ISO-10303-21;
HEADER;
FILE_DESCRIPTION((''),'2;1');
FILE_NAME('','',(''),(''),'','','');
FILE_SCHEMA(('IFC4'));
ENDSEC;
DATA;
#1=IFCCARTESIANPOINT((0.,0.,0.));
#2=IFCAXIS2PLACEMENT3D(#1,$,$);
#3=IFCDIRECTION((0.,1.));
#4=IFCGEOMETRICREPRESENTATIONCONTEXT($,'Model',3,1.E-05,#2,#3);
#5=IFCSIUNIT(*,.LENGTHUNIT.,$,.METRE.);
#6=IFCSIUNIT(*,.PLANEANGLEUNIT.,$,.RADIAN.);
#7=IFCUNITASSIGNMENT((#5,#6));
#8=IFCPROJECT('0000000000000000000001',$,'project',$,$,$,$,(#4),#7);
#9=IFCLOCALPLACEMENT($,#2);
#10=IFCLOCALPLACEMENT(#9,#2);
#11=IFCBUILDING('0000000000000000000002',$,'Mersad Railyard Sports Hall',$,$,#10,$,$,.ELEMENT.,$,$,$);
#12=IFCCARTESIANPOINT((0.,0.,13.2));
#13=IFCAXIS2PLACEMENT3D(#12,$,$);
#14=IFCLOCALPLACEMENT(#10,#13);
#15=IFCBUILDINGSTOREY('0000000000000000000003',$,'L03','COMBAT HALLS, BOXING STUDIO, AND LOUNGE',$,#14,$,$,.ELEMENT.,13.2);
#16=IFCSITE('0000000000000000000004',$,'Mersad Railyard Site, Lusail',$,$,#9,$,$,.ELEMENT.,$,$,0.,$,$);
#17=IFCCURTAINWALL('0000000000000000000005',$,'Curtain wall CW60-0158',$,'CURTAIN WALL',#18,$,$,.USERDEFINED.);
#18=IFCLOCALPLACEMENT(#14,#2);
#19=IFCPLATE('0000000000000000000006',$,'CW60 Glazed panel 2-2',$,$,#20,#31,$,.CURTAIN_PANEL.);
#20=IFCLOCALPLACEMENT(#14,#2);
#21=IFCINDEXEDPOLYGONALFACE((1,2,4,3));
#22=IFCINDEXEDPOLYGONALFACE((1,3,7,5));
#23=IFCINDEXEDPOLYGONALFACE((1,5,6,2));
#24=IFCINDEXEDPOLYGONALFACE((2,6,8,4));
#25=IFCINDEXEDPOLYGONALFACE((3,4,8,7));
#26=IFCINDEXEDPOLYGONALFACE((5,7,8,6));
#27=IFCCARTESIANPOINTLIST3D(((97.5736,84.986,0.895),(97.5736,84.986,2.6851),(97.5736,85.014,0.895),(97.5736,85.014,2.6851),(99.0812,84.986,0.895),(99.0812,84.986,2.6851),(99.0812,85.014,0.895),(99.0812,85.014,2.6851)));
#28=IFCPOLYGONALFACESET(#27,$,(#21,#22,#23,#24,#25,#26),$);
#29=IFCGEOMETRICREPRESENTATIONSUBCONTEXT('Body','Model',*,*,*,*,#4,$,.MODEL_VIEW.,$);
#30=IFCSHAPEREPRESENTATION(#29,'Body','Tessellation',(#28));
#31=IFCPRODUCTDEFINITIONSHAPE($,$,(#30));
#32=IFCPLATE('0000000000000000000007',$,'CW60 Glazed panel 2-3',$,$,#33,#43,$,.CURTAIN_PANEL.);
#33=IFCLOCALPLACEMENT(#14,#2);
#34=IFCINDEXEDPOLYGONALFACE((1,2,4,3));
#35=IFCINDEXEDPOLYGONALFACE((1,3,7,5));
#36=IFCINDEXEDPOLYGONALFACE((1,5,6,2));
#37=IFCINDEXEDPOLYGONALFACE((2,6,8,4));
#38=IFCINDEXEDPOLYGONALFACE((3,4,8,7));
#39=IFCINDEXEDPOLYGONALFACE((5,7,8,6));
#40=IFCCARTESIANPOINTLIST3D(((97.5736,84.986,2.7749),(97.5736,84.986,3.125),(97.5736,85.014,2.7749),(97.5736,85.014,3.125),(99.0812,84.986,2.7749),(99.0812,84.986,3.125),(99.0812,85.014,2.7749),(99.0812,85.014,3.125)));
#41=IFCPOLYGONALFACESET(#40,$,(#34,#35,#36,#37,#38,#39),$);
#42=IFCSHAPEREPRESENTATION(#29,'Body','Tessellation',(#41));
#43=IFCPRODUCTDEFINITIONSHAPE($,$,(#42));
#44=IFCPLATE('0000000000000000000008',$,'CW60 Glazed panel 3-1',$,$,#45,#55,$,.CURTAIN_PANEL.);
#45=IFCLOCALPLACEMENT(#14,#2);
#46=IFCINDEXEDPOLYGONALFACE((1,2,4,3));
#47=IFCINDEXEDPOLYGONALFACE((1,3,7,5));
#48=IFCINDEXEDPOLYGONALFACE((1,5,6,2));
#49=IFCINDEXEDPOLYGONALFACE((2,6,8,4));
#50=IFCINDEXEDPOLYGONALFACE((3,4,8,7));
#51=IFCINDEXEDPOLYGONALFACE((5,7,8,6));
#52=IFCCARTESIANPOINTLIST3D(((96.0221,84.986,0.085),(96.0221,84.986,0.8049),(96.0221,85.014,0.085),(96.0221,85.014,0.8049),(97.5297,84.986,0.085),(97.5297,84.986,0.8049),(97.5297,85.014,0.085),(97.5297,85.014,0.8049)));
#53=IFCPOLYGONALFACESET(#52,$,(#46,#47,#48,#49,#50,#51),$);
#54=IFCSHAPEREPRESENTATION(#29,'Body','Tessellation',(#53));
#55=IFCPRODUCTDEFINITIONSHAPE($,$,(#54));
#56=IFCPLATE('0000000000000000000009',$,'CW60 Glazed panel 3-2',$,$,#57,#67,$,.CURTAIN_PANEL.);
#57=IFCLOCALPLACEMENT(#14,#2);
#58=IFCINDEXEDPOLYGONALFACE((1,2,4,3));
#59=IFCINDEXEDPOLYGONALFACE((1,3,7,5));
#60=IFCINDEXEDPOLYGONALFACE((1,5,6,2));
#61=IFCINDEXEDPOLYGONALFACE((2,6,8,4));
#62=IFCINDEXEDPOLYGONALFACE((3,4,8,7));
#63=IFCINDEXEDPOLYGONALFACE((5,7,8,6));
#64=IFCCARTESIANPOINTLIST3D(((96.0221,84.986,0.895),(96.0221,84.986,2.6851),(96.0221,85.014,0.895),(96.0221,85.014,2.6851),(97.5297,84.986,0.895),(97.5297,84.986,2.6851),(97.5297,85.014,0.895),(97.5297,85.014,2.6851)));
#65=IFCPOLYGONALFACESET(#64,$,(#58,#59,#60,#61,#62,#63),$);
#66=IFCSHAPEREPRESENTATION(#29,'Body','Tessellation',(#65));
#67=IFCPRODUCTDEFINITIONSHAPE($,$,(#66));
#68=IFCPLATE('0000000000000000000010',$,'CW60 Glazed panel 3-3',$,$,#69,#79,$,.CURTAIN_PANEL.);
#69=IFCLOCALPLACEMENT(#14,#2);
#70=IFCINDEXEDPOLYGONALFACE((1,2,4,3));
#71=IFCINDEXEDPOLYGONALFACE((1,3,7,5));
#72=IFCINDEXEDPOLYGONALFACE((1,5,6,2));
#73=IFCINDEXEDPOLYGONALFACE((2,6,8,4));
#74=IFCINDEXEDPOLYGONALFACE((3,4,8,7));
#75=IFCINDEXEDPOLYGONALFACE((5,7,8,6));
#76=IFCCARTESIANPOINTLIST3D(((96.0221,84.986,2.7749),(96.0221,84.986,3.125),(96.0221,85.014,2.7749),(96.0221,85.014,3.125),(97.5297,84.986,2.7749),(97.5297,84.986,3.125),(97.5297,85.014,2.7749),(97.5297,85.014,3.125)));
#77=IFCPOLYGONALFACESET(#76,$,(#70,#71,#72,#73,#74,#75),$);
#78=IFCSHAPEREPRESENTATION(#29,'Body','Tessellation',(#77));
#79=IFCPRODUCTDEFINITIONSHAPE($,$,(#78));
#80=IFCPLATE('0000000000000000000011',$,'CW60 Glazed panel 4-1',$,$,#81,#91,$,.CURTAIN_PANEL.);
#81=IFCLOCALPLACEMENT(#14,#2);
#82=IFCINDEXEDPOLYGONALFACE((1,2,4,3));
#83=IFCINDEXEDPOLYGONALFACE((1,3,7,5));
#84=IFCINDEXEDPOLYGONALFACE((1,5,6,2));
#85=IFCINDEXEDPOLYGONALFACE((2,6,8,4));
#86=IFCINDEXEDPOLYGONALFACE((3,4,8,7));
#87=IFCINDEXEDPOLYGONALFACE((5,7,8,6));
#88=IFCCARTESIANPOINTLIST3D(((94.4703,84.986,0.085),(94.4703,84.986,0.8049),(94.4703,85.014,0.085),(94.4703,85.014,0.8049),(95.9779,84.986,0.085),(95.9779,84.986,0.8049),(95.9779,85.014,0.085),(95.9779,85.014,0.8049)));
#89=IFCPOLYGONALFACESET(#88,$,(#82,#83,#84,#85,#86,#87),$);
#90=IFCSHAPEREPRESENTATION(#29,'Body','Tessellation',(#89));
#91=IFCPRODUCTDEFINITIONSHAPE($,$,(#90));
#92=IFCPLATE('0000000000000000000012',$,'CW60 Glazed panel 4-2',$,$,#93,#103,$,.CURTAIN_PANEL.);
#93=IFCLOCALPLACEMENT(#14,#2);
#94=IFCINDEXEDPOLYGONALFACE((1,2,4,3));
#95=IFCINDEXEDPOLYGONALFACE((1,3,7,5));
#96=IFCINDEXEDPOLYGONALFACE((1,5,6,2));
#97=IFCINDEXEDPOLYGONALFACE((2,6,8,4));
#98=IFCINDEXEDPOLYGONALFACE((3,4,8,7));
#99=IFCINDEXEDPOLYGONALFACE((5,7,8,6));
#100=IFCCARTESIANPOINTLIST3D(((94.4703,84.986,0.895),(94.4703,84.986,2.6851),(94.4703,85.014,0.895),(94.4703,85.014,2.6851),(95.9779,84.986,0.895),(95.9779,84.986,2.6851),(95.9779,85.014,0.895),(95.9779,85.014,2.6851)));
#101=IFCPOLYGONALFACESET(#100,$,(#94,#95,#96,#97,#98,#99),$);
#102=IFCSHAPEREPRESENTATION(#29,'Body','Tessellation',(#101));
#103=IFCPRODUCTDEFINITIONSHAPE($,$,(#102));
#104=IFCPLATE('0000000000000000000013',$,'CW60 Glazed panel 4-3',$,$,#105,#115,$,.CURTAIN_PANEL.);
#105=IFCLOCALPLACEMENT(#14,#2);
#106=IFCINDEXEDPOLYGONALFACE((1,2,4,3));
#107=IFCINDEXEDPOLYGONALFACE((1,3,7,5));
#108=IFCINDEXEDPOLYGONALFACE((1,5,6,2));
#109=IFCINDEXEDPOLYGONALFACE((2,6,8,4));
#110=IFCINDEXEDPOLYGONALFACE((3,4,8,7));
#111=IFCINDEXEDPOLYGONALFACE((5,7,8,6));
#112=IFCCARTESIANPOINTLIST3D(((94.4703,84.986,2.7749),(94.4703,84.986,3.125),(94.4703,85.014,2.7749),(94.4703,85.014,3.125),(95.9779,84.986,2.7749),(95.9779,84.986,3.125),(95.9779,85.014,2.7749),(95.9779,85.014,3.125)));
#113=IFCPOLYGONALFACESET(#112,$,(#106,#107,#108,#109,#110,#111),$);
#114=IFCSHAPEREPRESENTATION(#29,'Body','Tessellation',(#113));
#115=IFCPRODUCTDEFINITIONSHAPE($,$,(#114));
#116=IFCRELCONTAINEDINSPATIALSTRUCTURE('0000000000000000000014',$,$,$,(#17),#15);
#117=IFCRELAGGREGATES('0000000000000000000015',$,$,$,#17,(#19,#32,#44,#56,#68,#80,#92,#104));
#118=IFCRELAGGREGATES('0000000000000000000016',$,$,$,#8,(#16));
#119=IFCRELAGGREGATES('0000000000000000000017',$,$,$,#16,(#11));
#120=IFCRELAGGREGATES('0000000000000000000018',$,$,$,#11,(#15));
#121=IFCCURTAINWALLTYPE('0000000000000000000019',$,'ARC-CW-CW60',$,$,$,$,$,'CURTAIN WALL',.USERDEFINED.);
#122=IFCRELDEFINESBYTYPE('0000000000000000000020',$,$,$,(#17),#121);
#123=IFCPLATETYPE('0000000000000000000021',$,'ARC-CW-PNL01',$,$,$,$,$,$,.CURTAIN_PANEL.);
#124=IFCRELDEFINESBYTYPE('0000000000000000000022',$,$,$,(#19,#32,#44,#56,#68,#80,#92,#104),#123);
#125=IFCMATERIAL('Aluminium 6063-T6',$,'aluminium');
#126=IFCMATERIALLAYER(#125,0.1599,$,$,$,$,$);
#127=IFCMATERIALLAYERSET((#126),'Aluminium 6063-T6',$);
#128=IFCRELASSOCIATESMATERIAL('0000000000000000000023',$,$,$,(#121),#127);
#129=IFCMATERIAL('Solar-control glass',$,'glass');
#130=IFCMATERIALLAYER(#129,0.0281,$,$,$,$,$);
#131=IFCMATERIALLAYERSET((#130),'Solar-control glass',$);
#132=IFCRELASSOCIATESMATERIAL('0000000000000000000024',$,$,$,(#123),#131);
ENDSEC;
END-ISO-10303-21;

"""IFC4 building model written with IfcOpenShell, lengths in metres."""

from ifc_helpers import new_model, si_unit, direction, frame, origin, origin_2d, place, context, subcontext, project, spatial, rectangle, extrude, material, layer, layer_set, type_object, element, aggregate, save


model = new_model("IFC4")

# Units and contexts
model_context = context("Model", 3, precision=1e-05, world=origin(), true_north=direction((0.0, 1.0)))
body_context = subcontext(model_context, "Body", "Model", "MODEL_VIEW")
ifc_project = project(units=[si_unit("LENGTHUNIT", "METRE"), si_unit("PLANEANGLEUNIT", "RADIAN")], contexts=[model_context])

# Site, building, storey
site_placement = place(None, origin())
site = spatial("IfcSite", under=ifc_project, at=site_placement, Name="Mersad Railyard Site, Lusail", CompositionType="ELEMENT", RefElevation=0.0)
building_placement = place(site_placement, origin())
building = spatial("IfcBuilding", under=site, at=building_placement, Name="Mersad Railyard Sports Hall", CompositionType="ELEMENT")
storey_placement = place(building_placement, frame((0.0, 0.0, 13.2)))
storey = spatial("IfcBuildingStorey", under=building, at=storey_placement, Name="L03", Description="COMBAT HALLS, BOXING STUDIO, AND LOUNGE", CompositionType="ELEMENT", Elevation=13.2)

# Curtain wall
ifc_material_1 = material(Name="Aluminium 6063-T6", Category="aluminium")
ifc_layer_1 = layer(ifc_material_1, 0.1599)
ifc_layer_set_1 = layer_set([ifc_layer_1], Name="Aluminium 6063-T6")
curtain_wall_type = type_object("IfcCurtainWallType", Name="ARC-CW-CW60", ElementType="CURTAIN WALL", PredefinedType="USERDEFINED", material=ifc_layer_set_1)
curtain_wall_placement = place(storey_placement, origin())
curtain_wall = element("IfcCurtainWall", 1, at=curtain_wall_placement, inside=storey, type_object=curtain_wall_type, Name="Curtain wall CW60-0158", ObjectType="CURTAIN WALL", PredefinedType="USERDEFINED")

# Plates
ifc_material_2 = material(Name="Solar-control glass", Category="glass")
ifc_layer_2 = layer(ifc_material_2, 0.0281)
ifc_layer_set_2 = layer_set([ifc_layer_2], Name="Solar-control glass")
plate_type = type_object("IfcPlateType", Name="ARC-CW-PNL01", PredefinedType="CURTAIN_PANEL", material=ifc_layer_set_2)
plate_1_placement = place(storey_placement, frame((98.3274, 85.0, 0.895), z_axis=(0.0, 0.0, 1.0), x_axis=(-1.0, 0.0, 0.0)))
plate_1 = element("IfcPlate", 2, at=plate_1_placement, type_object=plate_type, Name="CW60 Glazed panel 2-2", PredefinedType="CURTAIN_PANEL", context=body_context, shape_type="SweptSolid", body=[
    extrude(rectangle(XDim=1.5076, YDim=0.0281, at=origin_2d()), origin(), (0.0, 0.0, 1.0), 1.79),
])
plate_2_placement = place(storey_placement, frame((98.3274, 85.0, 2.7749), z_axis=(0.0, 0.0, 1.0), x_axis=(-1.0, 0.0, 0.0)))
plate_2 = element("IfcPlate", 3, at=plate_2_placement, type_object=plate_type, Name="CW60 Glazed panel 2-3", PredefinedType="CURTAIN_PANEL", context=body_context, shape_type="SweptSolid", body=[
    extrude(rectangle(XDim=1.5076, YDim=0.0281, at=origin_2d()), origin(), (0.0, 0.0, 1.0), 0.3501),
])
plate_3_placement = place(storey_placement, frame((96.7759, 85.0, 0.085), z_axis=(0.0, 0.0, 1.0), x_axis=(-1.0, 0.0, 0.0)))
plate_3 = element("IfcPlate", 4, at=plate_3_placement, type_object=plate_type, Name="CW60 Glazed panel 3-1", PredefinedType="CURTAIN_PANEL", context=body_context, shape_type="SweptSolid", body=[
    extrude(rectangle(XDim=1.5076, YDim=0.0281, at=origin_2d()), origin(), (0.0, 0.0, 1.0), 0.72),
])
plate_4_placement = place(storey_placement, frame((96.7759, 85.0, 0.895), z_axis=(0.0, 0.0, 1.0), x_axis=(-1.0, 0.0, 0.0)))
plate_4 = element("IfcPlate", 5, at=plate_4_placement, type_object=plate_type, Name="CW60 Glazed panel 3-2", PredefinedType="CURTAIN_PANEL", context=body_context, shape_type="SweptSolid", body=[
    extrude(rectangle(XDim=1.5076, YDim=0.0281, at=origin_2d()), origin(), (0.0, 0.0, 1.0), 1.79),
])
plate_5_placement = place(storey_placement, frame((96.7759, 85.0, 2.7749), z_axis=(0.0, 0.0, 1.0), x_axis=(-1.0, 0.0, 0.0)))
plate_5 = element("IfcPlate", 6, at=plate_5_placement, type_object=plate_type, Name="CW60 Glazed panel 3-3", PredefinedType="CURTAIN_PANEL", context=body_context, shape_type="SweptSolid", body=[
    extrude(rectangle(XDim=1.5076, YDim=0.0281, at=origin_2d()), origin(), (0.0, 0.0, 1.0), 0.3501),
])
plate_6_placement = place(storey_placement, frame((95.2241, 85.0, 0.085), z_axis=(0.0, 0.0, 1.0), x_axis=(-1.0, 0.0, 0.0)))
plate_6 = element("IfcPlate", 7, at=plate_6_placement, type_object=plate_type, Name="CW60 Glazed panel 4-1", PredefinedType="CURTAIN_PANEL", context=body_context, shape_type="SweptSolid", body=[
    extrude(rectangle(XDim=1.5076, YDim=0.0281, at=origin_2d()), origin(), (0.0, 0.0, 1.0), 0.72),
])
plate_7_placement = place(storey_placement, frame((95.2241, 85.0, 0.895), z_axis=(0.0, 0.0, 1.0), x_axis=(-1.0, 0.0, 0.0)))
plate_7 = element("IfcPlate", 8, at=plate_7_placement, type_object=plate_type, Name="CW60 Glazed panel 4-2", PredefinedType="CURTAIN_PANEL", context=body_context, shape_type="SweptSolid", body=[
    extrude(rectangle(XDim=1.5076, YDim=0.0281, at=origin_2d()), origin(), (0.0, 0.0, 1.0), 1.79),
])
plate_8_placement = place(storey_placement, frame((95.2241, 85.0, 2.7749), z_axis=(0.0, 0.0, 1.0), x_axis=(-1.0, 0.0, 0.0)))
plate_8 = element("IfcPlate", 9, at=plate_8_placement, type_object=plate_type, Name="CW60 Glazed panel 4-3", PredefinedType="CURTAIN_PANEL", context=body_context, shape_type="SweptSolid", body=[
    extrude(rectangle(XDim=1.5076, YDim=0.0281, at=origin_2d()), origin(), (0.0, 0.0, 1.0), 0.3501),
])
aggregate(curtain_wall, [plate_1, plate_2, plate_3, plate_4, plate_5, plate_6, plate_7, plate_8])

save(model, "model.ifc")
